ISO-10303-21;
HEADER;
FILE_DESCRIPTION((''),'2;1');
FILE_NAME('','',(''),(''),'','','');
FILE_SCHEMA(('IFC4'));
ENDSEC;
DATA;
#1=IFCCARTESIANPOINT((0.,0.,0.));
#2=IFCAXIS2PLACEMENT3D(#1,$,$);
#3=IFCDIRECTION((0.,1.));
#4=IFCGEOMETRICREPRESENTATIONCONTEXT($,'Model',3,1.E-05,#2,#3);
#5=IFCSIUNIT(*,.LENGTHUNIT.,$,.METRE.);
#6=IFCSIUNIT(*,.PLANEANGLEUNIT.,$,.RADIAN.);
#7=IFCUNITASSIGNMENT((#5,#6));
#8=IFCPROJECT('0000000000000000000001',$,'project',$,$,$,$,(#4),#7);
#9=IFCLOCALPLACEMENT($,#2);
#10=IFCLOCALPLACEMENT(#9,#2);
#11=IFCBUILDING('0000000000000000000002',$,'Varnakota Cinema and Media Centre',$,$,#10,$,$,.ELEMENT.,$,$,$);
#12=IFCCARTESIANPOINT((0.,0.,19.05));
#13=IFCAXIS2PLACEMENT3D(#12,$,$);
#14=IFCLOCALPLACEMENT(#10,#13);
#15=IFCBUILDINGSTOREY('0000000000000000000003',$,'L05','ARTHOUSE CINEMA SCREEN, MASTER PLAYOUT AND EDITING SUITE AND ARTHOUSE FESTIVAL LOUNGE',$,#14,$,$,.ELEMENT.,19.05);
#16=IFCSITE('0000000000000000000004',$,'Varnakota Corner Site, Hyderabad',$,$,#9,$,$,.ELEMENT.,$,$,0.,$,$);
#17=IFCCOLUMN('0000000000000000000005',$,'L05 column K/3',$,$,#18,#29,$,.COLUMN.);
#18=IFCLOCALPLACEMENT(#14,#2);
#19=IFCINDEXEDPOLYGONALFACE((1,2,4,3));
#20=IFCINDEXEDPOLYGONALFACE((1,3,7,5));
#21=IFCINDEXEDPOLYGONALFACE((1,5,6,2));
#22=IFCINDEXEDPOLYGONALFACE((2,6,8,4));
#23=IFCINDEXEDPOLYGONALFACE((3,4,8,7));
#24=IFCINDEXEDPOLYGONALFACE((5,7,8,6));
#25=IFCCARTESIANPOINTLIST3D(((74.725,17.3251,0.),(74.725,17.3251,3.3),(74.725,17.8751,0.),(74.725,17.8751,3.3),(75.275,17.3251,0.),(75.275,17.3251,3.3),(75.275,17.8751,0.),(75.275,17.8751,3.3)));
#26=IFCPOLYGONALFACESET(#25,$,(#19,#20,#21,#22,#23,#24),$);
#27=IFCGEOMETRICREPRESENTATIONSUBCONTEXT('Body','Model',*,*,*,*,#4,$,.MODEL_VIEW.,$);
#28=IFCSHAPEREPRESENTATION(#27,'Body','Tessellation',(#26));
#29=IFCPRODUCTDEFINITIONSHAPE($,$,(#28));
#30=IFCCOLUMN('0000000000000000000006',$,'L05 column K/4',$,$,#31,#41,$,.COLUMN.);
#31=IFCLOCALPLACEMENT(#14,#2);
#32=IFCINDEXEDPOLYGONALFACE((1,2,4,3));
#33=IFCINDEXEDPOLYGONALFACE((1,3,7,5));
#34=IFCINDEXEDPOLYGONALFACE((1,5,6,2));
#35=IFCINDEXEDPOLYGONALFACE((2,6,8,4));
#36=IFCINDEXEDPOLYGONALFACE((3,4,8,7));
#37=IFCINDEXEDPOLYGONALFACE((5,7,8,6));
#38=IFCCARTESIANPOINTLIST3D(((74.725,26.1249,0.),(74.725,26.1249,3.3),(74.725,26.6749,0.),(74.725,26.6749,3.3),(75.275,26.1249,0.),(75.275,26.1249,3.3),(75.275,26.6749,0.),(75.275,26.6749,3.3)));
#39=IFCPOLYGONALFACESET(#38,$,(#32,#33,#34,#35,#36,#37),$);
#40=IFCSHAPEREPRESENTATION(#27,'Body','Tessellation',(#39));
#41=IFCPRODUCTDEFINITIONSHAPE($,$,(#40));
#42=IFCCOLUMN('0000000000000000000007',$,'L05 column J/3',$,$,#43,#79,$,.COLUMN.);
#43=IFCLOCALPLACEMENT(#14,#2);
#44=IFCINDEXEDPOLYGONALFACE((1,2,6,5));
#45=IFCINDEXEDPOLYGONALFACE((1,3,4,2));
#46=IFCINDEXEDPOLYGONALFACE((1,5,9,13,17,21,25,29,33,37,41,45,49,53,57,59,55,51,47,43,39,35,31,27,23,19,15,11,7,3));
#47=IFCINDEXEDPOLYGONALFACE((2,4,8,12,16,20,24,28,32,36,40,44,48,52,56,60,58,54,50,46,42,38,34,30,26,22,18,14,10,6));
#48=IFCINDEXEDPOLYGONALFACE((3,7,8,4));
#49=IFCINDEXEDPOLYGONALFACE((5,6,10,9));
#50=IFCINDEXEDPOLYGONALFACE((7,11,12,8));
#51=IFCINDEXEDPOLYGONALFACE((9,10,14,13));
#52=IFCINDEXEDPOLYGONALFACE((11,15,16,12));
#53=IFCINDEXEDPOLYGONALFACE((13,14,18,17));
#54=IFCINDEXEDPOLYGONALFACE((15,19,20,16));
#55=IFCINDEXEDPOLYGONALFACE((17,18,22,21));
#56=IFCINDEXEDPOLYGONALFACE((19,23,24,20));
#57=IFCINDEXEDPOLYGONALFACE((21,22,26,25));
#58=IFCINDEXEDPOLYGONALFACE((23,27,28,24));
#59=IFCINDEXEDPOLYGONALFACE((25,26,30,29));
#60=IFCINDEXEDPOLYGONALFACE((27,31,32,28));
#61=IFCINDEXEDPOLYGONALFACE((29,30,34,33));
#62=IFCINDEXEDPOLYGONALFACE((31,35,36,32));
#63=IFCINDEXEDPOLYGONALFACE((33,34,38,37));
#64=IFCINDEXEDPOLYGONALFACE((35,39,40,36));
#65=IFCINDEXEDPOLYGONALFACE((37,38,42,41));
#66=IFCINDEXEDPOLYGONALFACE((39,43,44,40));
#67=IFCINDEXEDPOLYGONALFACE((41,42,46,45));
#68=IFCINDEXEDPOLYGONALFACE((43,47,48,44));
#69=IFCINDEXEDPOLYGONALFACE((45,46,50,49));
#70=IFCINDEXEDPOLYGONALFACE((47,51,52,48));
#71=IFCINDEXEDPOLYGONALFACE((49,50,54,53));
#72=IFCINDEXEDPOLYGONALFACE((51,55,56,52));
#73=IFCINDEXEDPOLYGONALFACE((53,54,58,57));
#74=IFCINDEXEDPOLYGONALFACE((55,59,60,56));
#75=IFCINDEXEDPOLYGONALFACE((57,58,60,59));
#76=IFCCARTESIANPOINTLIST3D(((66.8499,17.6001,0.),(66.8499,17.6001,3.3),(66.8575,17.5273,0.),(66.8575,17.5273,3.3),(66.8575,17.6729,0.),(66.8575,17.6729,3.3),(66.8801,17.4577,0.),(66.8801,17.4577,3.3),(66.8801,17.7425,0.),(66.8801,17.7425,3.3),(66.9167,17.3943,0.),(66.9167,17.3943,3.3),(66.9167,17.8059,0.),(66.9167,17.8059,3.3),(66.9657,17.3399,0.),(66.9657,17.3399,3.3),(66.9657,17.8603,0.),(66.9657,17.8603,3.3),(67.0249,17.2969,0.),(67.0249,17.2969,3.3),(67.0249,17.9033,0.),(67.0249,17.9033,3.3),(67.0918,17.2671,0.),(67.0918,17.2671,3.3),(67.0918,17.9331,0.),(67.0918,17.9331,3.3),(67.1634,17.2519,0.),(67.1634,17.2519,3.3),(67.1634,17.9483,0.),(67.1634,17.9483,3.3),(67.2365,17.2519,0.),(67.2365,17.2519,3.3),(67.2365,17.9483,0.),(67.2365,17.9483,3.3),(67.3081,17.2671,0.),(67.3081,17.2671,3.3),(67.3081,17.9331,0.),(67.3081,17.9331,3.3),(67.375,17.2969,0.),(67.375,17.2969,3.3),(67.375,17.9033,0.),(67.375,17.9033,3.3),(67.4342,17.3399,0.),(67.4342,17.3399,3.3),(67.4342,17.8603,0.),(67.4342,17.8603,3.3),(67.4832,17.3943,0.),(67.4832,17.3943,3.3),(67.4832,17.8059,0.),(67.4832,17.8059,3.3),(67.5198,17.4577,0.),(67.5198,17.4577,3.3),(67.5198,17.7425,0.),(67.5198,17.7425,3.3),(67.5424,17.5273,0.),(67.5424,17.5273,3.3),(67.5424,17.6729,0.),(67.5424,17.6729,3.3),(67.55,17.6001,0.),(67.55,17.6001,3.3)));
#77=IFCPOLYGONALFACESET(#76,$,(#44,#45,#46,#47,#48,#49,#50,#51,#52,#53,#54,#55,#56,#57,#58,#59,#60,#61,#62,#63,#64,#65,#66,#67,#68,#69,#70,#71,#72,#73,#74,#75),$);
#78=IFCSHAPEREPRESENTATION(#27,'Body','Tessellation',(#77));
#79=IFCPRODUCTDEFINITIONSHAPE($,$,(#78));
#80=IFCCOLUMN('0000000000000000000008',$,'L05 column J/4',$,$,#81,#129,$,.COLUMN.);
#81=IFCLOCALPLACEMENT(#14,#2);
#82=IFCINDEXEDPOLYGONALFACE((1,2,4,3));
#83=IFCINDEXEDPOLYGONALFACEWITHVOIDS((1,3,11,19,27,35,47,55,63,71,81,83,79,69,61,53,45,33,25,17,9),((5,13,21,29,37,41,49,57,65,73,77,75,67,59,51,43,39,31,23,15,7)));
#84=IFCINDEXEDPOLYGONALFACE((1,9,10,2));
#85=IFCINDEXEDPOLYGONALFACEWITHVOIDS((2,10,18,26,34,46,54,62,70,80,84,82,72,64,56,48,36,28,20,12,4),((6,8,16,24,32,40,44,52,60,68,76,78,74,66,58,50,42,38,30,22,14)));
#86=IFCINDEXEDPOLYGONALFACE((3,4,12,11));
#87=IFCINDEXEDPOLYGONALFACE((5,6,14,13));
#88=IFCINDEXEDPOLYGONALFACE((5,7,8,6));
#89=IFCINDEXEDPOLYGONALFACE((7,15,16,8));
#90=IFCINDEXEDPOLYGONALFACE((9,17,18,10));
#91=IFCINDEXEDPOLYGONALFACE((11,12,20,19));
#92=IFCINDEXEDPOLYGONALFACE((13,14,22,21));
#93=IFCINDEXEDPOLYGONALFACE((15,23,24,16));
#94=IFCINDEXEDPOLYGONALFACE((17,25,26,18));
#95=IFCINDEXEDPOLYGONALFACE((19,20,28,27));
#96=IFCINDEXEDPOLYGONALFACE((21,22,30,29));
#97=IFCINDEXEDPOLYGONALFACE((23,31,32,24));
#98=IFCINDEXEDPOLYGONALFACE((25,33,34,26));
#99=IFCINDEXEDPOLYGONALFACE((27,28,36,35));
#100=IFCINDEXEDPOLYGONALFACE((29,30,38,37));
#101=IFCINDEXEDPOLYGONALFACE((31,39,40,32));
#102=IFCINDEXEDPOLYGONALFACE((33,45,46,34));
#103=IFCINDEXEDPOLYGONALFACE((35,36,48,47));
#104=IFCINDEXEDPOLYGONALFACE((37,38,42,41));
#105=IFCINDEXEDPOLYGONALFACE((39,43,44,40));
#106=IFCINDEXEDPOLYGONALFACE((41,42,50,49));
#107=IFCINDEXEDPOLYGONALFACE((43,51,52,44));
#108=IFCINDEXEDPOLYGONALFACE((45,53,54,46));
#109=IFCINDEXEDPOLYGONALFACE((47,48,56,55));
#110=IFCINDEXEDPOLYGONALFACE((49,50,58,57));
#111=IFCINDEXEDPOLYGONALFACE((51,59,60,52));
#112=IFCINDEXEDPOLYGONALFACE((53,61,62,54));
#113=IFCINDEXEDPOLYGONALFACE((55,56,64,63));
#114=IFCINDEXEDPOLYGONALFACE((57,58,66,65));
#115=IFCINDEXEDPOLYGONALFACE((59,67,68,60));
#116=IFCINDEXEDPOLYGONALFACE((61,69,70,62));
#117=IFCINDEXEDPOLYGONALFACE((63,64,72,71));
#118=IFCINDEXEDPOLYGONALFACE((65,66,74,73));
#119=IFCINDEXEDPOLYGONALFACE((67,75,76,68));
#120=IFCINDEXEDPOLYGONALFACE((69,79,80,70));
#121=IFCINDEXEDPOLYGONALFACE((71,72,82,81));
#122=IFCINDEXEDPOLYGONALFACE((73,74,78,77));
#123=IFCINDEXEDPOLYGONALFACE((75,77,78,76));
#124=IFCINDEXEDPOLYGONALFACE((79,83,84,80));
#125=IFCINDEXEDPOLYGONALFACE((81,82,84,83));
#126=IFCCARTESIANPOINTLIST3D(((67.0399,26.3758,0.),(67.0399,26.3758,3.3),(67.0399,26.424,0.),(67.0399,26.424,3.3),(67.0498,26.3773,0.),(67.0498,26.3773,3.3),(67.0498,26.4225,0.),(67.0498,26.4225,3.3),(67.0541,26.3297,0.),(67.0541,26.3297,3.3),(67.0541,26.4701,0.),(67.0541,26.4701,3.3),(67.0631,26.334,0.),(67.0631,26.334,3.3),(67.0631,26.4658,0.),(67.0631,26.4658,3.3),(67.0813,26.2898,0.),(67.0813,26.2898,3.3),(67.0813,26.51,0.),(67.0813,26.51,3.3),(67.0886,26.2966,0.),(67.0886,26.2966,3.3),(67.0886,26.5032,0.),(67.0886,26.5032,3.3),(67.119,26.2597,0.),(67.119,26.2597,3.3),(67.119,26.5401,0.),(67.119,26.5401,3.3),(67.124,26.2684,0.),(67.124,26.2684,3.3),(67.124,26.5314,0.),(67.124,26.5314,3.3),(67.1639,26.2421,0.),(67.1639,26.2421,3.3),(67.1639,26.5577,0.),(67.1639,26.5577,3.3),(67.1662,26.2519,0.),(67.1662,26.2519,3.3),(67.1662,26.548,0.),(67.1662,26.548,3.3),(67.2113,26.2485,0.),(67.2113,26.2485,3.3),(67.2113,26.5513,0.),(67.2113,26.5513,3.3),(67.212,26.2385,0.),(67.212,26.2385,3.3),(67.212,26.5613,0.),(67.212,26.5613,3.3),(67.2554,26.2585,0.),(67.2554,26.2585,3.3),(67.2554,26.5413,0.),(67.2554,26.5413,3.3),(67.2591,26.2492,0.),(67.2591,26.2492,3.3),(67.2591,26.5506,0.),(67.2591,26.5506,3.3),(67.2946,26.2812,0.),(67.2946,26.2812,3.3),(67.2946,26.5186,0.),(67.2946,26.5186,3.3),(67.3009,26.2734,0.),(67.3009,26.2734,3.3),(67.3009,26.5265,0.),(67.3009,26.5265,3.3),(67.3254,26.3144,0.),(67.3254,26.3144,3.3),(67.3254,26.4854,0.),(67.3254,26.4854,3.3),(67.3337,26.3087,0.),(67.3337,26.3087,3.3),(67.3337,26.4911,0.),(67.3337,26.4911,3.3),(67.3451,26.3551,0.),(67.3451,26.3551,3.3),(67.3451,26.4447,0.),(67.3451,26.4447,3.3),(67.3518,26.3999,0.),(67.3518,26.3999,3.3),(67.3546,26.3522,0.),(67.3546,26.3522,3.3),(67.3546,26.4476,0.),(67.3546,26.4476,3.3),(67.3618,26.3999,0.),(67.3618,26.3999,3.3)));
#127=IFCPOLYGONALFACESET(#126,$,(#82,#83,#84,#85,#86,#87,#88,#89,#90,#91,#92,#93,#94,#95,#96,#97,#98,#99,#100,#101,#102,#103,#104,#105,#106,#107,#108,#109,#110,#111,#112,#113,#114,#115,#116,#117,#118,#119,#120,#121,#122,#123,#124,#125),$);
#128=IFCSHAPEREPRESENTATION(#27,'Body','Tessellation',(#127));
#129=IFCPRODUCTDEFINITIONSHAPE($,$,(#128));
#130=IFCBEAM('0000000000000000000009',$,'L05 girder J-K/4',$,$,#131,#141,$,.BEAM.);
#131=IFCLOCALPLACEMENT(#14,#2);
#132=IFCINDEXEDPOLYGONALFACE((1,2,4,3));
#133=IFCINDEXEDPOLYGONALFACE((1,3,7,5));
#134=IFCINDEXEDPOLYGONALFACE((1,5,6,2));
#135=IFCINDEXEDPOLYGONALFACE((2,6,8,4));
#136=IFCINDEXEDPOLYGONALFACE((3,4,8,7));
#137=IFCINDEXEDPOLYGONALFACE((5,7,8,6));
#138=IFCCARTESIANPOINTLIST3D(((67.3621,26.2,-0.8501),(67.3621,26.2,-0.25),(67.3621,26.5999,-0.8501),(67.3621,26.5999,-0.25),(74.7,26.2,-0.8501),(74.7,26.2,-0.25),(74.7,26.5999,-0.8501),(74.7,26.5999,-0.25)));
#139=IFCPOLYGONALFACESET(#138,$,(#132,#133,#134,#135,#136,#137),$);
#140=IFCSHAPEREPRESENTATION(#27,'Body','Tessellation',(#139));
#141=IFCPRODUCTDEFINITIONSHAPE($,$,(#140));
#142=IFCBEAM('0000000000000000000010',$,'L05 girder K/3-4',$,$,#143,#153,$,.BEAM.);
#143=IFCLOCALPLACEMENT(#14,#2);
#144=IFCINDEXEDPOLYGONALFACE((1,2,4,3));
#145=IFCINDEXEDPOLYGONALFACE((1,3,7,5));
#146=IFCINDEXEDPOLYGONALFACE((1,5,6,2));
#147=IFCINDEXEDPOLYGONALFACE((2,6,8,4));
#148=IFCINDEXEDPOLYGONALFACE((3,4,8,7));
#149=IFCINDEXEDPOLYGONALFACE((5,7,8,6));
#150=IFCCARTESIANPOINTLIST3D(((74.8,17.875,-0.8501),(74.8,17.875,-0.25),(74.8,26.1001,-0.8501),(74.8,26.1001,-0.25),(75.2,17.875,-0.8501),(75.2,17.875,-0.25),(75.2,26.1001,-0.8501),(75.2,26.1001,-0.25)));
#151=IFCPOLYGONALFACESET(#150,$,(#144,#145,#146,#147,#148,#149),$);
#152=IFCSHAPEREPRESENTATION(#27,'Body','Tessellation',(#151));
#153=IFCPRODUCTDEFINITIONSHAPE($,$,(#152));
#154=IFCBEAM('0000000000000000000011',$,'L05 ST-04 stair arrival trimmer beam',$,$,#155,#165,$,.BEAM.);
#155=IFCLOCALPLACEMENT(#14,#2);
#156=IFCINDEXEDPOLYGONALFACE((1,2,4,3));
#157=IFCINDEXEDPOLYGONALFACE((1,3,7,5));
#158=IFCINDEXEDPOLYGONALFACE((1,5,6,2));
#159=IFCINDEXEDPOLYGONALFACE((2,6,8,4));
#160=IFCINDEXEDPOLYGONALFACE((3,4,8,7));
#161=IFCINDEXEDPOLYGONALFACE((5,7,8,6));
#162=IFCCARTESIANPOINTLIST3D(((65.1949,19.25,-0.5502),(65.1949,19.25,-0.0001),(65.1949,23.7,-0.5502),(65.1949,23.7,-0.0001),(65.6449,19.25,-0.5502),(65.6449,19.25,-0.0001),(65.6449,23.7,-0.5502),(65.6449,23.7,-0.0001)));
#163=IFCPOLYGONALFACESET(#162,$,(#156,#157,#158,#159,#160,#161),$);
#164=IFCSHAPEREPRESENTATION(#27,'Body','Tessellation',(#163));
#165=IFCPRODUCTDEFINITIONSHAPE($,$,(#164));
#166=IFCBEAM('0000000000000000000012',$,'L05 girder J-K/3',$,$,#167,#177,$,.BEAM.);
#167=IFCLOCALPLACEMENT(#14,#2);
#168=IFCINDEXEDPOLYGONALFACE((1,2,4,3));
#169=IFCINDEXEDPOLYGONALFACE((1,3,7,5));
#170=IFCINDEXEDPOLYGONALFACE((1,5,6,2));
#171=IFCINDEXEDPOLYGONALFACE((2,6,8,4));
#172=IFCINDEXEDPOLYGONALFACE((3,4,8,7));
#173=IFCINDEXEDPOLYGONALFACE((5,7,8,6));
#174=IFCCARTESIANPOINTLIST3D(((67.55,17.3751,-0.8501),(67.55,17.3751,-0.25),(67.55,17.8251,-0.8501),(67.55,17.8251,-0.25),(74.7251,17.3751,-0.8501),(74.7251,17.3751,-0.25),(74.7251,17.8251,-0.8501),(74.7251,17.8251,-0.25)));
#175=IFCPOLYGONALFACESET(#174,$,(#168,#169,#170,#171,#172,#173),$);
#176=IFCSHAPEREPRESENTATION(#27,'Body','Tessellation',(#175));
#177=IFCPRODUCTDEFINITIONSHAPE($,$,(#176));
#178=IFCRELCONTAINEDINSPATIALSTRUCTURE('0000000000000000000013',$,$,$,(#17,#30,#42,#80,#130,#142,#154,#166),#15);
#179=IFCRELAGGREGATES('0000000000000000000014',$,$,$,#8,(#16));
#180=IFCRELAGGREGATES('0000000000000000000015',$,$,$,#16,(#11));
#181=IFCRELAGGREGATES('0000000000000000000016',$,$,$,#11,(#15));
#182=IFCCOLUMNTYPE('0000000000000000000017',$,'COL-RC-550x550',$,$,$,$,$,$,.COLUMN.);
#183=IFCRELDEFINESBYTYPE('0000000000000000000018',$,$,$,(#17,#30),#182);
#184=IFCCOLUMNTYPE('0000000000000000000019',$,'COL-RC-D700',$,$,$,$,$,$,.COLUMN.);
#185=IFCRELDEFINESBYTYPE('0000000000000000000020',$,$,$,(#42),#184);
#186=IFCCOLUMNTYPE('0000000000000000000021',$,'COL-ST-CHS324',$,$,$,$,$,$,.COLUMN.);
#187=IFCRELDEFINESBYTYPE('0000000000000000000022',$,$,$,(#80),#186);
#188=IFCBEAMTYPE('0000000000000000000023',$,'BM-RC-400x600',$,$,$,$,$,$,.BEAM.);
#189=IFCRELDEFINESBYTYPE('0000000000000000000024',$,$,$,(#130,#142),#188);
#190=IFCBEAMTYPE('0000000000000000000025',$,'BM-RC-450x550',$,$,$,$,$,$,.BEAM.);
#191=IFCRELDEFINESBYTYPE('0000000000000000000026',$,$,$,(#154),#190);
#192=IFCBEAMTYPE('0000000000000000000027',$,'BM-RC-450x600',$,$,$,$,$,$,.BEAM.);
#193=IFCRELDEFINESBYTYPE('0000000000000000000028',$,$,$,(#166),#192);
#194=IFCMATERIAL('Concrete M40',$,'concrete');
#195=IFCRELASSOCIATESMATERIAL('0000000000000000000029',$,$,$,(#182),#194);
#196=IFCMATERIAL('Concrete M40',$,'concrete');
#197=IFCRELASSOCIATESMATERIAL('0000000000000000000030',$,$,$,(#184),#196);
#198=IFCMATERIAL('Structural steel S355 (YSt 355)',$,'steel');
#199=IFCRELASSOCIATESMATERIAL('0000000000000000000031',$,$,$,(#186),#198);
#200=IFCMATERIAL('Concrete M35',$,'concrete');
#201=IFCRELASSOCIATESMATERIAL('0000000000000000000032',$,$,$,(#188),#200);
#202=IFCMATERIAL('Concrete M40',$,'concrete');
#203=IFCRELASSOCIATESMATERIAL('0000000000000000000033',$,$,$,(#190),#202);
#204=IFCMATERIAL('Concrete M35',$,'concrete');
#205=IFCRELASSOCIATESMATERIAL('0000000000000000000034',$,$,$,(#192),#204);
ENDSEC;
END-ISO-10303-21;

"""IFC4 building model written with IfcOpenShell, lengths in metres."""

from ifc_helpers import new_model, si_unit, direction, frame, origin, origin_2d, place, context, subcontext, project, spatial, rectangle, circle, hollow_circle, extrude, material, material_profile, profile_set, type_object, element, save


model = new_model("IFC4")

# Units and contexts
model_context = context("Model", 3, precision=1e-05, world=origin(), true_north=direction((0.0, 1.0)))
body_context = subcontext(model_context, "Body", "Model", "MODEL_VIEW")
ifc_project = project(units=[si_unit("LENGTHUNIT", "METRE"), si_unit("PLANEANGLEUNIT", "RADIAN")], contexts=[model_context])

# Site, building, storey
site_placement = place(None, origin())
site = spatial("IfcSite", under=ifc_project, at=site_placement, Name="Varnakota Corner Site, Hyderabad", CompositionType="ELEMENT", RefElevation=0.0)
building_placement = place(site_placement, origin())
building = spatial("IfcBuilding", under=site, at=building_placement, Name="Varnakota Cinema and Media Centre", CompositionType="ELEMENT")
storey_placement = place(building_placement, frame((0.0, 0.0, 19.05)))
storey = spatial("IfcBuildingStorey", under=building, at=storey_placement, Name="L05", Description="ARTHOUSE CINEMA SCREEN, MASTER PLAYOUT AND EDITING SUITE AND ARTHOUSE FESTIVAL LOUNGE", CompositionType="ELEMENT", Elevation=19.05)

# Columns
ifc_material_1 = material(Name="Concrete M40", Category="concrete")
ifc_material_profile_1 = material_profile(ifc_material_1, rectangle(XDim=0.55, YDim=0.55, at=origin_2d()), Name="RC 550x550")
ifc_profile_set_1 = profile_set([ifc_material_profile_1], Name="Concrete M40")
column_type_1 = type_object("IfcColumnType", Name="COL-RC-550x550", PredefinedType="COLUMN", material=ifc_profile_set_1)
for number, where, z_axis, x_axis, name in (
    (1, (75.0, 17.6001, 0.0), (0.0, 0.0, 1.0), (1.0, 0.0, 0.0), "L05 column K/3"),
    (2, (75.0, 26.3999, 0.0), (0.0, 0.0, 1.0), (1.0, 0.0, 0.0), "L05 column K/4"),
):
    element("IfcColumn", number, at=place(storey_placement, frame(where, z_axis=z_axis, x_axis=x_axis)), inside=storey, type_object=column_type_1, Name=name, PredefinedType="COLUMN", context=body_context, shape_type="SweptSolid", body=[
        extrude(rectangle(XDim=0.55, YDim=0.55, at=origin_2d()), origin(), (0.0, 0.0, 1.0), 3.3),
    ])
ifc_material_2 = material(Name="Concrete M40", Category="concrete")
ifc_material_profile_2 = material_profile(ifc_material_2, circle(Radius=0.3501, at=origin_2d()), Name="RC D700")
ifc_profile_set_2 = profile_set([ifc_material_profile_2], Name="Concrete M40")
column_type_2 = type_object("IfcColumnType", Name="COL-RC-D700", PredefinedType="COLUMN", material=ifc_profile_set_2)
column_1_placement = place(storey_placement, frame((67.2, 17.6001, 0.0), z_axis=(0.0, 0.0, 1.0), x_axis=(1.0, 0.0, 0.0)))
element("IfcColumn", 3, at=column_1_placement, inside=storey, type_object=column_type_2, Name="L05 column J/3", PredefinedType="COLUMN", context=body_context, shape_type="SweptSolid", body=[
    extrude(circle(Radius=0.3501, at=origin_2d()), origin(), (0.0, 0.0, 1.0), 3.3),
])
ifc_material_3 = material(Name="Structural steel S355 (YSt 355)", Category="steel")
ifc_material_profile_3 = material_profile(ifc_material_3, hollow_circle(Radius=0.1619, WallThickness=0.01, at=origin_2d()), Name="CHS 323.9x10.0")
ifc_profile_set_3 = profile_set([ifc_material_profile_3], Name="Structural steel S355 (YSt 355)")
column_type_3 = type_object("IfcColumnType", Name="COL-ST-CHS324", PredefinedType="COLUMN", material=ifc_profile_set_3)
column_2_placement = place(storey_placement, frame((67.2, 26.3999, 0.0), z_axis=(0.0, 0.0, 1.0), x_axis=(1.0, 0.0, 0.0)))
element("IfcColumn", 4, at=column_2_placement, inside=storey, type_object=column_type_3, Name="L05 column J/4", PredefinedType="COLUMN", context=body_context, shape_type="SweptSolid", body=[
    extrude(hollow_circle(Radius=0.1619, WallThickness=0.01, at=origin_2d()), origin(), (0.0, 0.0, 1.0), 3.3),
])

# Beams
ifc_material_4 = material(Name="Concrete M35", Category="concrete")
ifc_material_profile_4 = material_profile(ifc_material_4, rectangle(XDim=0.3999, YDim=0.6001, at=origin_2d()), Name="RCB 400x600")
ifc_profile_set_4 = profile_set([ifc_material_profile_4], Name="Concrete M35")
beam_type_1 = type_object("IfcBeamType", Name="BM-RC-400x600", PredefinedType="BEAM", material=ifc_profile_set_4)
beam_1_placement = place(storey_placement, frame((67.3621, 26.3999, -0.55), z_axis=(1.0, 0.0, 0.0), x_axis=(0.0, 1.0, 0.0)))
element("IfcBeam", 5, at=beam_1_placement, inside=storey, type_object=beam_type_1, Name="L05 girder J-K/4", PredefinedType="BEAM", context=body_context, shape_type="SweptSolid", body=[
    extrude(rectangle(XDim=0.3999, YDim=0.6001, at=origin_2d()), origin(), (0.0, 0.0, 1.0), 7.3379),
])
beam_2_placement = place(storey_placement, frame((75.0, 17.875, -0.55), z_axis=(0.0, 1.0, 0.0), x_axis=(-1.0, 0.0, 0.0)))
element("IfcBeam", 6, at=beam_2_placement, inside=storey, type_object=beam_type_1, Name="L05 girder K/3-4", PredefinedType="BEAM", context=body_context, shape_type="SweptSolid", body=[
    extrude(rectangle(XDim=0.3999, YDim=0.6001, at=origin_2d()), origin(), (0.0, 0.0, 1.0), 8.2251),
])
ifc_material_5 = material(Name="Concrete M40", Category="concrete")
ifc_material_profile_5 = material_profile(ifc_material_5, rectangle(XDim=0.45, YDim=0.55, at=origin_2d()), Name="RCB 450x550")
ifc_profile_set_5 = profile_set([ifc_material_profile_5], Name="Concrete M40")
beam_type_2 = type_object("IfcBeamType", Name="BM-RC-450x550", PredefinedType="BEAM", material=ifc_profile_set_5)
beam_3_placement = place(storey_placement, frame((65.4199, 19.25, -0.2751), z_axis=(0.0, 1.0, 0.0), x_axis=(-1.0, 0.0, 0.0)))
element("IfcBeam", 7, at=beam_3_placement, inside=storey, type_object=beam_type_2, Name="L05 ST-04 stair arrival trimmer beam", PredefinedType="BEAM", context=body_context, shape_type="SweptSolid", body=[
    extrude(rectangle(XDim=0.45, YDim=0.55, at=origin_2d()), origin(), (0.0, 0.0, 1.0), 4.45),
])
ifc_material_6 = material(Name="Concrete M35", Category="concrete")
ifc_material_profile_6 = material_profile(ifc_material_6, rectangle(XDim=0.45, YDim=0.6001, at=origin_2d()), Name="RCB 450x600")
ifc_profile_set_6 = profile_set([ifc_material_profile_6], Name="Concrete M35")
beam_type_3 = type_object("IfcBeamType", Name="BM-RC-450x600", PredefinedType="BEAM", material=ifc_profile_set_6)
beam_4_placement = place(storey_placement, frame((67.55, 17.6001, -0.55), z_axis=(1.0, 0.0, 0.0), x_axis=(0.0, 1.0, 0.0)))
element("IfcBeam", 8, at=beam_4_placement, inside=storey, type_object=beam_type_3, Name="L05 girder J-K/3", PredefinedType="BEAM", context=body_context, shape_type="SweptSolid", body=[
    extrude(rectangle(XDim=0.45, YDim=0.6001, at=origin_2d()), origin(), (0.0, 0.0, 1.0), 7.175),
])

save(model, "model.ifc")
